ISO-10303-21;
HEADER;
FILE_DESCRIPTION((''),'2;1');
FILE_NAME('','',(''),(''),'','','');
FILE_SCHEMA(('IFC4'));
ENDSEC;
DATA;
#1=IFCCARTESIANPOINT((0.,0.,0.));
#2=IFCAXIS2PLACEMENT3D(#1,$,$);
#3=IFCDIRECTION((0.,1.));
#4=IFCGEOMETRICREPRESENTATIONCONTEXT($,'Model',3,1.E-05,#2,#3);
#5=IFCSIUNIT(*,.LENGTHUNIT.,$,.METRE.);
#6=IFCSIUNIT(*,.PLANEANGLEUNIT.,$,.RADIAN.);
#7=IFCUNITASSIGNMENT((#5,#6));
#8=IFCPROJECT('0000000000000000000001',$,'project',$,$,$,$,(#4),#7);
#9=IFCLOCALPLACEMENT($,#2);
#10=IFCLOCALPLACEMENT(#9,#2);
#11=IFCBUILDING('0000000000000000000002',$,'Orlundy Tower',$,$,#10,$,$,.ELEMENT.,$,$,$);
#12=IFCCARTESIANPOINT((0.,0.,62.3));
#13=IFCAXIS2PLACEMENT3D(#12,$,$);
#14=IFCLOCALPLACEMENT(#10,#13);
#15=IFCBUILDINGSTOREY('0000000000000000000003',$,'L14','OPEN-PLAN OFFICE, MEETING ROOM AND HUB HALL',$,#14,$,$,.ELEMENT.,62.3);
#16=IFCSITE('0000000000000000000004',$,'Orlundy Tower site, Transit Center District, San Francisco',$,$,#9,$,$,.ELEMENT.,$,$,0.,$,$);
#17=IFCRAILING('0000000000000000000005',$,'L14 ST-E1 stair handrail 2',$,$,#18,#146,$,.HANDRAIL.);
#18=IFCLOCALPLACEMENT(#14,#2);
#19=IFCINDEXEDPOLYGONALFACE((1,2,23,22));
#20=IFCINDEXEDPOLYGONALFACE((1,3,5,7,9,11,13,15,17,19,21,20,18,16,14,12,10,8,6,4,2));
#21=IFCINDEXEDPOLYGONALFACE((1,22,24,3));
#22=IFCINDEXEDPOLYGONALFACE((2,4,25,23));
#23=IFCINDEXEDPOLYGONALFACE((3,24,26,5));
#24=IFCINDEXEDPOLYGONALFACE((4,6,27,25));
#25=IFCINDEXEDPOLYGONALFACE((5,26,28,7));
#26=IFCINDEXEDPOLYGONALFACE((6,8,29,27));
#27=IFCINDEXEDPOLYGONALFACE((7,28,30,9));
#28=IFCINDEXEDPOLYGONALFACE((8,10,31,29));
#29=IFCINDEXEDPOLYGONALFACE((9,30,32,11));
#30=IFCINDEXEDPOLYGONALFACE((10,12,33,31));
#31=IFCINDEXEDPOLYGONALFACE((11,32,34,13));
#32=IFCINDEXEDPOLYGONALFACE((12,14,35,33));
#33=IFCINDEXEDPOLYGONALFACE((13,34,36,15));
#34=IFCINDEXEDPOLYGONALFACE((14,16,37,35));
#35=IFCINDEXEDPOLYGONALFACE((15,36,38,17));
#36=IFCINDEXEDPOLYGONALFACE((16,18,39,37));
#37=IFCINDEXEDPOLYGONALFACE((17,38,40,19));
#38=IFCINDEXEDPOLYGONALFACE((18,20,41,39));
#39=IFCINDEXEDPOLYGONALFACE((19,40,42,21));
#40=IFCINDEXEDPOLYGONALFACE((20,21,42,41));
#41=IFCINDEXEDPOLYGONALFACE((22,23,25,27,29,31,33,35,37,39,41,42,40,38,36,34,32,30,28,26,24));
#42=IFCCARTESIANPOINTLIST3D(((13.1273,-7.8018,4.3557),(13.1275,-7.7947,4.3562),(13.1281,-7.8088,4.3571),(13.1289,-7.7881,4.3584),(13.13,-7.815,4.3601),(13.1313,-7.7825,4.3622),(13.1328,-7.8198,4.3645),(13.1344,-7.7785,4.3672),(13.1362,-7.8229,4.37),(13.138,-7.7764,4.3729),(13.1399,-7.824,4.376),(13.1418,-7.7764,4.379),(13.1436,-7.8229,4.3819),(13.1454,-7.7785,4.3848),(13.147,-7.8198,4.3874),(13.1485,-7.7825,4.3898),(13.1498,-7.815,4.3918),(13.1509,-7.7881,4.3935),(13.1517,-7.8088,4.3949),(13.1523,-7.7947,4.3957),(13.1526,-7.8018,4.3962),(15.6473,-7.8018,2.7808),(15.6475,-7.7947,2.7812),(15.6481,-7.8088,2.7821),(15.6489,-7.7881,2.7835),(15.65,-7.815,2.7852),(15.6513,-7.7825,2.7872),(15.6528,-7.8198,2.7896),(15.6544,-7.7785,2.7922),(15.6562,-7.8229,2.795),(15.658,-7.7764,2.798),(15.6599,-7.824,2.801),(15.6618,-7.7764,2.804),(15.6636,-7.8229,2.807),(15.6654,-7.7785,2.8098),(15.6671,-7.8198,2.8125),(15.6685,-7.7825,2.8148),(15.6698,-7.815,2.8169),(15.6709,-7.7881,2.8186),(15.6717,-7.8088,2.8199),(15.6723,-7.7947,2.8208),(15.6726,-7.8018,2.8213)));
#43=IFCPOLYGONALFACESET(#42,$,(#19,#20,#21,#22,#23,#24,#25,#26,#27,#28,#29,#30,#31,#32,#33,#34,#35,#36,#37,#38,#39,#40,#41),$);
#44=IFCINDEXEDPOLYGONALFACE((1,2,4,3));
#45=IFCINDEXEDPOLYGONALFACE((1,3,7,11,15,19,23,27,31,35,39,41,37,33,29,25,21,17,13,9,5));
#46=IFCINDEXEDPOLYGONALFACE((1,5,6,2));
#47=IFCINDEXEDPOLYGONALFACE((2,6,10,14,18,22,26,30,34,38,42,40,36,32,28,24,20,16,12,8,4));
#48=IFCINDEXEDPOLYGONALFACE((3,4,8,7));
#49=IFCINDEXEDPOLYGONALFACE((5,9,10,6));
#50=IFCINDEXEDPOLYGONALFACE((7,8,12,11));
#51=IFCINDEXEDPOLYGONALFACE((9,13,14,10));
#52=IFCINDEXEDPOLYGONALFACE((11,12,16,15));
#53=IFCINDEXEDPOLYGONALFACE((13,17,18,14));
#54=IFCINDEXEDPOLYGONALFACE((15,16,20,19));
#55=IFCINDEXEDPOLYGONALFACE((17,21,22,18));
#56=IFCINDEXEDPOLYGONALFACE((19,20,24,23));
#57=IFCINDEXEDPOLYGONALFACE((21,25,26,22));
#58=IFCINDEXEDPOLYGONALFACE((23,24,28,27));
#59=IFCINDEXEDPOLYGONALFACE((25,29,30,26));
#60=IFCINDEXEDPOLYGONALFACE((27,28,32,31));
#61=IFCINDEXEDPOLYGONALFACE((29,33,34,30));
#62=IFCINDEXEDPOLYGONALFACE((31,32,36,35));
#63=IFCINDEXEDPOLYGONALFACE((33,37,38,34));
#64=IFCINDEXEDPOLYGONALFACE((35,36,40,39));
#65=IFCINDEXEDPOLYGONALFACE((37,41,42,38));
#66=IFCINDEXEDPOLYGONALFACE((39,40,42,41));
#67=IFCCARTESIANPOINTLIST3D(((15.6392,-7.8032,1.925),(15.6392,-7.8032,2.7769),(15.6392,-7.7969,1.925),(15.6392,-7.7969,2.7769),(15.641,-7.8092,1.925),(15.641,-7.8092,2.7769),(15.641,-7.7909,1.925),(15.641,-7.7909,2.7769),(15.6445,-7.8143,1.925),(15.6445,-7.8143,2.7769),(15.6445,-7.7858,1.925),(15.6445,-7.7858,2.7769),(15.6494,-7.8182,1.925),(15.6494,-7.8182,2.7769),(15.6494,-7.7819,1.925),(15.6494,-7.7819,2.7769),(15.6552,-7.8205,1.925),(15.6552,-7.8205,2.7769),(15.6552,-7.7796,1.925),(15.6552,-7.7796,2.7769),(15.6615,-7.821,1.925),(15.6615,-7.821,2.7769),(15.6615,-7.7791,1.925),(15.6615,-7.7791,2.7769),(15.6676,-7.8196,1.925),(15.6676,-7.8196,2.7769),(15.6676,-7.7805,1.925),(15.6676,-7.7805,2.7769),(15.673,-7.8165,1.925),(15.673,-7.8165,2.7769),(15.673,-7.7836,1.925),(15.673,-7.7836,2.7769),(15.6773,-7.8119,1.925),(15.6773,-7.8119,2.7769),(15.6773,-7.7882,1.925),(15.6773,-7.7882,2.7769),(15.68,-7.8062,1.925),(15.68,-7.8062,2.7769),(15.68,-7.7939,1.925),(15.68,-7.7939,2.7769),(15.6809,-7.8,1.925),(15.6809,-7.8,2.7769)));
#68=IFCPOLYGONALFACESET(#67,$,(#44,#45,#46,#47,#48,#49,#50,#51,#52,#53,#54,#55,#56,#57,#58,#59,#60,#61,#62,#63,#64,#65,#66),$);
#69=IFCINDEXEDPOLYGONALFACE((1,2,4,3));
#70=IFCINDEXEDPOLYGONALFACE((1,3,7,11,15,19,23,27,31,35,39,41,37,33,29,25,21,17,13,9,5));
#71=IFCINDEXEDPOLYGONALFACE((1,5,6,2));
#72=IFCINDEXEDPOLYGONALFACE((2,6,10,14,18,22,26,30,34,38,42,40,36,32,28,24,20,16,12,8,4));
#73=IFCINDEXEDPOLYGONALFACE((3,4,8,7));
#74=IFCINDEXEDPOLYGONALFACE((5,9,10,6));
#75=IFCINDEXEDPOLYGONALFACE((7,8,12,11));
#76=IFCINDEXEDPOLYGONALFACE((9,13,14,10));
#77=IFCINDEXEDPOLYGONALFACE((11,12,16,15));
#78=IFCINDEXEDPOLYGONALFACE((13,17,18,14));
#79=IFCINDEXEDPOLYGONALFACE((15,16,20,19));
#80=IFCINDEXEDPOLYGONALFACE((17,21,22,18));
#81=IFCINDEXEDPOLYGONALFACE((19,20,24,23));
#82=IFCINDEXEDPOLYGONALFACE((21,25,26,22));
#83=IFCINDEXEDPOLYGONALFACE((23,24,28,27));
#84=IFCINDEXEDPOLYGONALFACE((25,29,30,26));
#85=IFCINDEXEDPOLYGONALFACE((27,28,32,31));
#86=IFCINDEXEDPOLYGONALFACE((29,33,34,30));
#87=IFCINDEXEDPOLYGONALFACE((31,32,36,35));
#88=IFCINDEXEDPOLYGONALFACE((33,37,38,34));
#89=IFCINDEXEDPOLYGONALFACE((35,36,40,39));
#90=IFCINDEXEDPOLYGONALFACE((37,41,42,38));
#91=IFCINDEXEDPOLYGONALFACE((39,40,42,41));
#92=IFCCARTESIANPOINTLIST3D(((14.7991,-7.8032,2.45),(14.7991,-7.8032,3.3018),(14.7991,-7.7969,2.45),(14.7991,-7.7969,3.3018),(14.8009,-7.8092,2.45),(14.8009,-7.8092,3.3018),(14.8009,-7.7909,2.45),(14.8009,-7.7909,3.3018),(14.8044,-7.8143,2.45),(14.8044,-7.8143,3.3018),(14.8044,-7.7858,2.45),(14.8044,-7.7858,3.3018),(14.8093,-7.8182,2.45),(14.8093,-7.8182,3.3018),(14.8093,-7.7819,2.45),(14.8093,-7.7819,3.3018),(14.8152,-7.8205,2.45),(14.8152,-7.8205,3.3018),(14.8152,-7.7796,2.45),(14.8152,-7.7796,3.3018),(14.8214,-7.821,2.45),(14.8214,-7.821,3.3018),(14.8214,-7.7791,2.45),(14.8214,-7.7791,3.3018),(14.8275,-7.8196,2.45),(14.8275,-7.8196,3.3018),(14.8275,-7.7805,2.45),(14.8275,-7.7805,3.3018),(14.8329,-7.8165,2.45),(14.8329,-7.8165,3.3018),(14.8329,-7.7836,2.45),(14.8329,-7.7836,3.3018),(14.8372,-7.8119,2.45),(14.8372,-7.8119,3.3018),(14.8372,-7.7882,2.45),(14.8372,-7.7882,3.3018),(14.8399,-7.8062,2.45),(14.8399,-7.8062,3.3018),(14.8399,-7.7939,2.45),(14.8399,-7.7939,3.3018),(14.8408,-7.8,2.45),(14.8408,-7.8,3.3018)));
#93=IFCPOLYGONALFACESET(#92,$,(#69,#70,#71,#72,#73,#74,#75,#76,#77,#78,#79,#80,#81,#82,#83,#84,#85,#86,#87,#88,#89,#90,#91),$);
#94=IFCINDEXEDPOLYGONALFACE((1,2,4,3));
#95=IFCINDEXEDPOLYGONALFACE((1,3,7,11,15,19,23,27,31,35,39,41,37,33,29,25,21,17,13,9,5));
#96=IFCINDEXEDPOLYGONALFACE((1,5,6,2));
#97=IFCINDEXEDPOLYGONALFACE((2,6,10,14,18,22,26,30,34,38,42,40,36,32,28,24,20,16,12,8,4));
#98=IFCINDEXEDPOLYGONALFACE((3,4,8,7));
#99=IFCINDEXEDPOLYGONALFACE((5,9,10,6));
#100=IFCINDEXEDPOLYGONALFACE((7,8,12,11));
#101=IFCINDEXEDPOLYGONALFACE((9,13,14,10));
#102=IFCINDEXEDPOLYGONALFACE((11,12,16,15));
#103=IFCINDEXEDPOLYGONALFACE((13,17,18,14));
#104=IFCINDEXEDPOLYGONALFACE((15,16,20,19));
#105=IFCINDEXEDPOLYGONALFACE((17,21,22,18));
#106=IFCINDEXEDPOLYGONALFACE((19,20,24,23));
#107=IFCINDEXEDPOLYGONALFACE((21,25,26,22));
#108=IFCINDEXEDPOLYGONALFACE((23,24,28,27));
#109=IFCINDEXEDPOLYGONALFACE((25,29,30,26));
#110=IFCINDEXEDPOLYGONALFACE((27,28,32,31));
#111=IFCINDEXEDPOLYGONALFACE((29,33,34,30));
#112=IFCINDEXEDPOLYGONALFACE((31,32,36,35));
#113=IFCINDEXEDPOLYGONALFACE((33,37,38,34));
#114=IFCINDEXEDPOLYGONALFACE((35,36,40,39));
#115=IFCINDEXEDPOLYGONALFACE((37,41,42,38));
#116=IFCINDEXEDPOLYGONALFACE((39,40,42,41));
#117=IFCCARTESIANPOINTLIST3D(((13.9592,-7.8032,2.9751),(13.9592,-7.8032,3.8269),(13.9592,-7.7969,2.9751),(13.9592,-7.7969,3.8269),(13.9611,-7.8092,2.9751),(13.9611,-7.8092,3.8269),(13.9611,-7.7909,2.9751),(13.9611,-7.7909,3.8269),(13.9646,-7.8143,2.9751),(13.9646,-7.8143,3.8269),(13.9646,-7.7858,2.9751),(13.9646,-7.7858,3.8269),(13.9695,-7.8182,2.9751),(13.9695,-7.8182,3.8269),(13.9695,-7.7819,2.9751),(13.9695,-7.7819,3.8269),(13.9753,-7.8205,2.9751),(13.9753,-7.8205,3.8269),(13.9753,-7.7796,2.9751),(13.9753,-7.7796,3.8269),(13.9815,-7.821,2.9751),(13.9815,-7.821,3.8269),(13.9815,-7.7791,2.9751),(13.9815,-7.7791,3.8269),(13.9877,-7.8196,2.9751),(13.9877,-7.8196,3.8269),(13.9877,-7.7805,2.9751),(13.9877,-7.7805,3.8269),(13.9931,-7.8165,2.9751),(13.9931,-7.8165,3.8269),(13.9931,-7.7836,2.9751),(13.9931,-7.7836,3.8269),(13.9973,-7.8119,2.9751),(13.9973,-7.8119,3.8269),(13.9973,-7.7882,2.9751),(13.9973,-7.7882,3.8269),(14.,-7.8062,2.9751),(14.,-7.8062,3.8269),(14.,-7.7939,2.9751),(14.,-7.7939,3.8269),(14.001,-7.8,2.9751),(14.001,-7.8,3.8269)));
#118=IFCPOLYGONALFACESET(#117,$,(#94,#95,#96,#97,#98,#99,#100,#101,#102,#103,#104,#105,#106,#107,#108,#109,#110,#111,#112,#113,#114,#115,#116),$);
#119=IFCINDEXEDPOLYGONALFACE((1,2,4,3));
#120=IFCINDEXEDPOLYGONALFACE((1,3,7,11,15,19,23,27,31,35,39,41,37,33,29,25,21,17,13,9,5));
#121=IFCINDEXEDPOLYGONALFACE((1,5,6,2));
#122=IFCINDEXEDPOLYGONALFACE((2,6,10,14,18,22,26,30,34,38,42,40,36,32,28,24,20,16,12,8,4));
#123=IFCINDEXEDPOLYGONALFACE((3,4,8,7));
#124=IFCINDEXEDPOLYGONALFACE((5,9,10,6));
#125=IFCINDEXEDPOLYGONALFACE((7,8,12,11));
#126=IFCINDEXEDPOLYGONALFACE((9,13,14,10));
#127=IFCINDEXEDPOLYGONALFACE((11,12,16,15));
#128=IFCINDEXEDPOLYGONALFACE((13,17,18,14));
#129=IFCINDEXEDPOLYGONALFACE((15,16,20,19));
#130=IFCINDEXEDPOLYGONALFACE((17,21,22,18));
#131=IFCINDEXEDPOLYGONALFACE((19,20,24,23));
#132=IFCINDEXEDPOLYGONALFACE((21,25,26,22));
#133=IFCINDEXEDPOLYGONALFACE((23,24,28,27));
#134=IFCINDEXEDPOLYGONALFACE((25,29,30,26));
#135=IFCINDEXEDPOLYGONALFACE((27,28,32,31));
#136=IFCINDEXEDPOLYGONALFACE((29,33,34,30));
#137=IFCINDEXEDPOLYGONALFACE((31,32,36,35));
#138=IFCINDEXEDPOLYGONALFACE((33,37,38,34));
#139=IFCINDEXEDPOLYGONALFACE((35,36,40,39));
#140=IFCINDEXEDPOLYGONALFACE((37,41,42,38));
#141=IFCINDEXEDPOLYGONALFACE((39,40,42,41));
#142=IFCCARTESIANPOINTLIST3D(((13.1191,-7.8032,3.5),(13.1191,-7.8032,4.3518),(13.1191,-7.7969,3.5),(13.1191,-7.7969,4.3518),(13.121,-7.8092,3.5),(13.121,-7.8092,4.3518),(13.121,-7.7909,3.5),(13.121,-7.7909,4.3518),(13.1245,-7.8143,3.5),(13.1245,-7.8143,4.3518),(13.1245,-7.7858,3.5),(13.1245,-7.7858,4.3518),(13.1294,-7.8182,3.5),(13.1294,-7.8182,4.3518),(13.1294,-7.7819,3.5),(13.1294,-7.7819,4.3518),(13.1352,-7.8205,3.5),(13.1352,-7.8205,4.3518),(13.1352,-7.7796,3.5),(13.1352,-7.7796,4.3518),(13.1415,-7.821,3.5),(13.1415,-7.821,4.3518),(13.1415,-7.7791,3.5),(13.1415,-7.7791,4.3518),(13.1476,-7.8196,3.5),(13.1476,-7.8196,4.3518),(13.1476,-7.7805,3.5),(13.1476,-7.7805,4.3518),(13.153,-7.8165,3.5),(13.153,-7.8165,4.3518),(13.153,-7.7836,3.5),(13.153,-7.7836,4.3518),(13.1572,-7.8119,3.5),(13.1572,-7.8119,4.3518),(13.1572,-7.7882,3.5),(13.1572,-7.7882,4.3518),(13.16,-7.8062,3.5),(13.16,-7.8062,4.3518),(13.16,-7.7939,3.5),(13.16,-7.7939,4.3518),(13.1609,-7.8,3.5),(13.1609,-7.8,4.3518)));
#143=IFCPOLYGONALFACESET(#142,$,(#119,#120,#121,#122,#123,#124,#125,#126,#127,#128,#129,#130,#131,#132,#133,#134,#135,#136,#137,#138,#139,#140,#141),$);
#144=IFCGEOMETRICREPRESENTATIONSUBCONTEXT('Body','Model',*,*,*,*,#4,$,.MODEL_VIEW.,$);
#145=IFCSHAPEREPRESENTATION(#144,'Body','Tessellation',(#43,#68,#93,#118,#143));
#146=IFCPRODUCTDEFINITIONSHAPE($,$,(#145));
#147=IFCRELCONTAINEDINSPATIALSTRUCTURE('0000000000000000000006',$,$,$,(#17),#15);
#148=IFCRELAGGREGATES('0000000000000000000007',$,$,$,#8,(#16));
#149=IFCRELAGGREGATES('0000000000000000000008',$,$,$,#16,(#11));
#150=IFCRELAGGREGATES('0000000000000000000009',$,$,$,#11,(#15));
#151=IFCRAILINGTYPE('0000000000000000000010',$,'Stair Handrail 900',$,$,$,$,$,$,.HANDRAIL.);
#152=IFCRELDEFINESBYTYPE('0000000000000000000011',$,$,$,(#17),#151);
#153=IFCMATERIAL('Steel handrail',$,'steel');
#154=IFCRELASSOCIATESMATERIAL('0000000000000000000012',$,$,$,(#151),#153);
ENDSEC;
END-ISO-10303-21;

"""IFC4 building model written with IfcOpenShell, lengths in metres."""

from ifc_helpers import new_model, si_unit, direction, frame, origin, origin_2d, place, context, subcontext, project, spatial, circle, extrude, material, type_object, element, save


model = new_model("IFC4")

# Units and contexts
model_context = context("Model", 3, precision=1e-05, world=origin(), true_north=direction((0.0, 1.0)))
body_context = subcontext(model_context, "Body", "Model", "MODEL_VIEW")
ifc_project = project(units=[si_unit("LENGTHUNIT", "METRE"), si_unit("PLANEANGLEUNIT", "RADIAN")], contexts=[model_context])

# Site, building, storey
site_placement = place(None, origin())
site = spatial("IfcSite", under=ifc_project, at=site_placement, Name="Orlundy Tower site, Transit Center District, San Francisco", CompositionType="ELEMENT", RefElevation=0.0)
building_placement = place(site_placement, origin())
building = spatial("IfcBuilding", under=site, at=building_placement, Name="Orlundy Tower", CompositionType="ELEMENT")
storey_placement = place(building_placement, frame((0.0, 0.0, 62.3)))
storey = spatial("IfcBuildingStorey", under=building, at=storey_placement, Name="L14", Description="OPEN-PLAN OFFICE, MEETING ROOM AND HUB HALL", CompositionType="ELEMENT", Elevation=62.3)

# Railing
ifc_material_1 = material(Name="Steel handrail", Category="steel")
railing_type_1 = type_object("IfcRailingType", Name="Stair Handrail 900", PredefinedType="HANDRAIL", material=ifc_material_1)
railing_1_placement = place(storey_placement, frame((15.6599, -7.8, 1.925)))
element("IfcRailing", 1, at=railing_1_placement, inside=storey, type_object=railing_type_1, Name="L14 ST-E1 stair handrail 2", PredefinedType="HANDRAIL", context=body_context, shape_type="SweptSolid", body=[
    extrude(circle(Radius=0.0239, at=origin_2d()), frame((0.0, 0.0, 0.876), z_axis=(-0.848008, 0.0, 0.529984), x_axis=(0.0, -1.0, 0.0)), (0.0, 0.0, 1.0), 2.9717),
    extrude(circle(Radius=0.021, at=origin_2d()), origin(), (0.0, 0.0, 1.0), 0.8518),
    extrude(circle(Radius=0.021, at=origin_2d()), frame((-0.8401, 0.0, 0.5249)), (0.0, 0.0, 1.0), 0.8518),
    extrude(circle(Radius=0.021, at=origin_2d()), frame((-1.6799, 0.0, 1.05)), (0.0, 0.0, 1.0), 0.8518),
    extrude(circle(Radius=0.021, at=origin_2d()), frame((-2.52, 0.0, 1.575)), (0.0, 0.0, 1.0), 0.8518),
])

save(model, "model.ifc")
